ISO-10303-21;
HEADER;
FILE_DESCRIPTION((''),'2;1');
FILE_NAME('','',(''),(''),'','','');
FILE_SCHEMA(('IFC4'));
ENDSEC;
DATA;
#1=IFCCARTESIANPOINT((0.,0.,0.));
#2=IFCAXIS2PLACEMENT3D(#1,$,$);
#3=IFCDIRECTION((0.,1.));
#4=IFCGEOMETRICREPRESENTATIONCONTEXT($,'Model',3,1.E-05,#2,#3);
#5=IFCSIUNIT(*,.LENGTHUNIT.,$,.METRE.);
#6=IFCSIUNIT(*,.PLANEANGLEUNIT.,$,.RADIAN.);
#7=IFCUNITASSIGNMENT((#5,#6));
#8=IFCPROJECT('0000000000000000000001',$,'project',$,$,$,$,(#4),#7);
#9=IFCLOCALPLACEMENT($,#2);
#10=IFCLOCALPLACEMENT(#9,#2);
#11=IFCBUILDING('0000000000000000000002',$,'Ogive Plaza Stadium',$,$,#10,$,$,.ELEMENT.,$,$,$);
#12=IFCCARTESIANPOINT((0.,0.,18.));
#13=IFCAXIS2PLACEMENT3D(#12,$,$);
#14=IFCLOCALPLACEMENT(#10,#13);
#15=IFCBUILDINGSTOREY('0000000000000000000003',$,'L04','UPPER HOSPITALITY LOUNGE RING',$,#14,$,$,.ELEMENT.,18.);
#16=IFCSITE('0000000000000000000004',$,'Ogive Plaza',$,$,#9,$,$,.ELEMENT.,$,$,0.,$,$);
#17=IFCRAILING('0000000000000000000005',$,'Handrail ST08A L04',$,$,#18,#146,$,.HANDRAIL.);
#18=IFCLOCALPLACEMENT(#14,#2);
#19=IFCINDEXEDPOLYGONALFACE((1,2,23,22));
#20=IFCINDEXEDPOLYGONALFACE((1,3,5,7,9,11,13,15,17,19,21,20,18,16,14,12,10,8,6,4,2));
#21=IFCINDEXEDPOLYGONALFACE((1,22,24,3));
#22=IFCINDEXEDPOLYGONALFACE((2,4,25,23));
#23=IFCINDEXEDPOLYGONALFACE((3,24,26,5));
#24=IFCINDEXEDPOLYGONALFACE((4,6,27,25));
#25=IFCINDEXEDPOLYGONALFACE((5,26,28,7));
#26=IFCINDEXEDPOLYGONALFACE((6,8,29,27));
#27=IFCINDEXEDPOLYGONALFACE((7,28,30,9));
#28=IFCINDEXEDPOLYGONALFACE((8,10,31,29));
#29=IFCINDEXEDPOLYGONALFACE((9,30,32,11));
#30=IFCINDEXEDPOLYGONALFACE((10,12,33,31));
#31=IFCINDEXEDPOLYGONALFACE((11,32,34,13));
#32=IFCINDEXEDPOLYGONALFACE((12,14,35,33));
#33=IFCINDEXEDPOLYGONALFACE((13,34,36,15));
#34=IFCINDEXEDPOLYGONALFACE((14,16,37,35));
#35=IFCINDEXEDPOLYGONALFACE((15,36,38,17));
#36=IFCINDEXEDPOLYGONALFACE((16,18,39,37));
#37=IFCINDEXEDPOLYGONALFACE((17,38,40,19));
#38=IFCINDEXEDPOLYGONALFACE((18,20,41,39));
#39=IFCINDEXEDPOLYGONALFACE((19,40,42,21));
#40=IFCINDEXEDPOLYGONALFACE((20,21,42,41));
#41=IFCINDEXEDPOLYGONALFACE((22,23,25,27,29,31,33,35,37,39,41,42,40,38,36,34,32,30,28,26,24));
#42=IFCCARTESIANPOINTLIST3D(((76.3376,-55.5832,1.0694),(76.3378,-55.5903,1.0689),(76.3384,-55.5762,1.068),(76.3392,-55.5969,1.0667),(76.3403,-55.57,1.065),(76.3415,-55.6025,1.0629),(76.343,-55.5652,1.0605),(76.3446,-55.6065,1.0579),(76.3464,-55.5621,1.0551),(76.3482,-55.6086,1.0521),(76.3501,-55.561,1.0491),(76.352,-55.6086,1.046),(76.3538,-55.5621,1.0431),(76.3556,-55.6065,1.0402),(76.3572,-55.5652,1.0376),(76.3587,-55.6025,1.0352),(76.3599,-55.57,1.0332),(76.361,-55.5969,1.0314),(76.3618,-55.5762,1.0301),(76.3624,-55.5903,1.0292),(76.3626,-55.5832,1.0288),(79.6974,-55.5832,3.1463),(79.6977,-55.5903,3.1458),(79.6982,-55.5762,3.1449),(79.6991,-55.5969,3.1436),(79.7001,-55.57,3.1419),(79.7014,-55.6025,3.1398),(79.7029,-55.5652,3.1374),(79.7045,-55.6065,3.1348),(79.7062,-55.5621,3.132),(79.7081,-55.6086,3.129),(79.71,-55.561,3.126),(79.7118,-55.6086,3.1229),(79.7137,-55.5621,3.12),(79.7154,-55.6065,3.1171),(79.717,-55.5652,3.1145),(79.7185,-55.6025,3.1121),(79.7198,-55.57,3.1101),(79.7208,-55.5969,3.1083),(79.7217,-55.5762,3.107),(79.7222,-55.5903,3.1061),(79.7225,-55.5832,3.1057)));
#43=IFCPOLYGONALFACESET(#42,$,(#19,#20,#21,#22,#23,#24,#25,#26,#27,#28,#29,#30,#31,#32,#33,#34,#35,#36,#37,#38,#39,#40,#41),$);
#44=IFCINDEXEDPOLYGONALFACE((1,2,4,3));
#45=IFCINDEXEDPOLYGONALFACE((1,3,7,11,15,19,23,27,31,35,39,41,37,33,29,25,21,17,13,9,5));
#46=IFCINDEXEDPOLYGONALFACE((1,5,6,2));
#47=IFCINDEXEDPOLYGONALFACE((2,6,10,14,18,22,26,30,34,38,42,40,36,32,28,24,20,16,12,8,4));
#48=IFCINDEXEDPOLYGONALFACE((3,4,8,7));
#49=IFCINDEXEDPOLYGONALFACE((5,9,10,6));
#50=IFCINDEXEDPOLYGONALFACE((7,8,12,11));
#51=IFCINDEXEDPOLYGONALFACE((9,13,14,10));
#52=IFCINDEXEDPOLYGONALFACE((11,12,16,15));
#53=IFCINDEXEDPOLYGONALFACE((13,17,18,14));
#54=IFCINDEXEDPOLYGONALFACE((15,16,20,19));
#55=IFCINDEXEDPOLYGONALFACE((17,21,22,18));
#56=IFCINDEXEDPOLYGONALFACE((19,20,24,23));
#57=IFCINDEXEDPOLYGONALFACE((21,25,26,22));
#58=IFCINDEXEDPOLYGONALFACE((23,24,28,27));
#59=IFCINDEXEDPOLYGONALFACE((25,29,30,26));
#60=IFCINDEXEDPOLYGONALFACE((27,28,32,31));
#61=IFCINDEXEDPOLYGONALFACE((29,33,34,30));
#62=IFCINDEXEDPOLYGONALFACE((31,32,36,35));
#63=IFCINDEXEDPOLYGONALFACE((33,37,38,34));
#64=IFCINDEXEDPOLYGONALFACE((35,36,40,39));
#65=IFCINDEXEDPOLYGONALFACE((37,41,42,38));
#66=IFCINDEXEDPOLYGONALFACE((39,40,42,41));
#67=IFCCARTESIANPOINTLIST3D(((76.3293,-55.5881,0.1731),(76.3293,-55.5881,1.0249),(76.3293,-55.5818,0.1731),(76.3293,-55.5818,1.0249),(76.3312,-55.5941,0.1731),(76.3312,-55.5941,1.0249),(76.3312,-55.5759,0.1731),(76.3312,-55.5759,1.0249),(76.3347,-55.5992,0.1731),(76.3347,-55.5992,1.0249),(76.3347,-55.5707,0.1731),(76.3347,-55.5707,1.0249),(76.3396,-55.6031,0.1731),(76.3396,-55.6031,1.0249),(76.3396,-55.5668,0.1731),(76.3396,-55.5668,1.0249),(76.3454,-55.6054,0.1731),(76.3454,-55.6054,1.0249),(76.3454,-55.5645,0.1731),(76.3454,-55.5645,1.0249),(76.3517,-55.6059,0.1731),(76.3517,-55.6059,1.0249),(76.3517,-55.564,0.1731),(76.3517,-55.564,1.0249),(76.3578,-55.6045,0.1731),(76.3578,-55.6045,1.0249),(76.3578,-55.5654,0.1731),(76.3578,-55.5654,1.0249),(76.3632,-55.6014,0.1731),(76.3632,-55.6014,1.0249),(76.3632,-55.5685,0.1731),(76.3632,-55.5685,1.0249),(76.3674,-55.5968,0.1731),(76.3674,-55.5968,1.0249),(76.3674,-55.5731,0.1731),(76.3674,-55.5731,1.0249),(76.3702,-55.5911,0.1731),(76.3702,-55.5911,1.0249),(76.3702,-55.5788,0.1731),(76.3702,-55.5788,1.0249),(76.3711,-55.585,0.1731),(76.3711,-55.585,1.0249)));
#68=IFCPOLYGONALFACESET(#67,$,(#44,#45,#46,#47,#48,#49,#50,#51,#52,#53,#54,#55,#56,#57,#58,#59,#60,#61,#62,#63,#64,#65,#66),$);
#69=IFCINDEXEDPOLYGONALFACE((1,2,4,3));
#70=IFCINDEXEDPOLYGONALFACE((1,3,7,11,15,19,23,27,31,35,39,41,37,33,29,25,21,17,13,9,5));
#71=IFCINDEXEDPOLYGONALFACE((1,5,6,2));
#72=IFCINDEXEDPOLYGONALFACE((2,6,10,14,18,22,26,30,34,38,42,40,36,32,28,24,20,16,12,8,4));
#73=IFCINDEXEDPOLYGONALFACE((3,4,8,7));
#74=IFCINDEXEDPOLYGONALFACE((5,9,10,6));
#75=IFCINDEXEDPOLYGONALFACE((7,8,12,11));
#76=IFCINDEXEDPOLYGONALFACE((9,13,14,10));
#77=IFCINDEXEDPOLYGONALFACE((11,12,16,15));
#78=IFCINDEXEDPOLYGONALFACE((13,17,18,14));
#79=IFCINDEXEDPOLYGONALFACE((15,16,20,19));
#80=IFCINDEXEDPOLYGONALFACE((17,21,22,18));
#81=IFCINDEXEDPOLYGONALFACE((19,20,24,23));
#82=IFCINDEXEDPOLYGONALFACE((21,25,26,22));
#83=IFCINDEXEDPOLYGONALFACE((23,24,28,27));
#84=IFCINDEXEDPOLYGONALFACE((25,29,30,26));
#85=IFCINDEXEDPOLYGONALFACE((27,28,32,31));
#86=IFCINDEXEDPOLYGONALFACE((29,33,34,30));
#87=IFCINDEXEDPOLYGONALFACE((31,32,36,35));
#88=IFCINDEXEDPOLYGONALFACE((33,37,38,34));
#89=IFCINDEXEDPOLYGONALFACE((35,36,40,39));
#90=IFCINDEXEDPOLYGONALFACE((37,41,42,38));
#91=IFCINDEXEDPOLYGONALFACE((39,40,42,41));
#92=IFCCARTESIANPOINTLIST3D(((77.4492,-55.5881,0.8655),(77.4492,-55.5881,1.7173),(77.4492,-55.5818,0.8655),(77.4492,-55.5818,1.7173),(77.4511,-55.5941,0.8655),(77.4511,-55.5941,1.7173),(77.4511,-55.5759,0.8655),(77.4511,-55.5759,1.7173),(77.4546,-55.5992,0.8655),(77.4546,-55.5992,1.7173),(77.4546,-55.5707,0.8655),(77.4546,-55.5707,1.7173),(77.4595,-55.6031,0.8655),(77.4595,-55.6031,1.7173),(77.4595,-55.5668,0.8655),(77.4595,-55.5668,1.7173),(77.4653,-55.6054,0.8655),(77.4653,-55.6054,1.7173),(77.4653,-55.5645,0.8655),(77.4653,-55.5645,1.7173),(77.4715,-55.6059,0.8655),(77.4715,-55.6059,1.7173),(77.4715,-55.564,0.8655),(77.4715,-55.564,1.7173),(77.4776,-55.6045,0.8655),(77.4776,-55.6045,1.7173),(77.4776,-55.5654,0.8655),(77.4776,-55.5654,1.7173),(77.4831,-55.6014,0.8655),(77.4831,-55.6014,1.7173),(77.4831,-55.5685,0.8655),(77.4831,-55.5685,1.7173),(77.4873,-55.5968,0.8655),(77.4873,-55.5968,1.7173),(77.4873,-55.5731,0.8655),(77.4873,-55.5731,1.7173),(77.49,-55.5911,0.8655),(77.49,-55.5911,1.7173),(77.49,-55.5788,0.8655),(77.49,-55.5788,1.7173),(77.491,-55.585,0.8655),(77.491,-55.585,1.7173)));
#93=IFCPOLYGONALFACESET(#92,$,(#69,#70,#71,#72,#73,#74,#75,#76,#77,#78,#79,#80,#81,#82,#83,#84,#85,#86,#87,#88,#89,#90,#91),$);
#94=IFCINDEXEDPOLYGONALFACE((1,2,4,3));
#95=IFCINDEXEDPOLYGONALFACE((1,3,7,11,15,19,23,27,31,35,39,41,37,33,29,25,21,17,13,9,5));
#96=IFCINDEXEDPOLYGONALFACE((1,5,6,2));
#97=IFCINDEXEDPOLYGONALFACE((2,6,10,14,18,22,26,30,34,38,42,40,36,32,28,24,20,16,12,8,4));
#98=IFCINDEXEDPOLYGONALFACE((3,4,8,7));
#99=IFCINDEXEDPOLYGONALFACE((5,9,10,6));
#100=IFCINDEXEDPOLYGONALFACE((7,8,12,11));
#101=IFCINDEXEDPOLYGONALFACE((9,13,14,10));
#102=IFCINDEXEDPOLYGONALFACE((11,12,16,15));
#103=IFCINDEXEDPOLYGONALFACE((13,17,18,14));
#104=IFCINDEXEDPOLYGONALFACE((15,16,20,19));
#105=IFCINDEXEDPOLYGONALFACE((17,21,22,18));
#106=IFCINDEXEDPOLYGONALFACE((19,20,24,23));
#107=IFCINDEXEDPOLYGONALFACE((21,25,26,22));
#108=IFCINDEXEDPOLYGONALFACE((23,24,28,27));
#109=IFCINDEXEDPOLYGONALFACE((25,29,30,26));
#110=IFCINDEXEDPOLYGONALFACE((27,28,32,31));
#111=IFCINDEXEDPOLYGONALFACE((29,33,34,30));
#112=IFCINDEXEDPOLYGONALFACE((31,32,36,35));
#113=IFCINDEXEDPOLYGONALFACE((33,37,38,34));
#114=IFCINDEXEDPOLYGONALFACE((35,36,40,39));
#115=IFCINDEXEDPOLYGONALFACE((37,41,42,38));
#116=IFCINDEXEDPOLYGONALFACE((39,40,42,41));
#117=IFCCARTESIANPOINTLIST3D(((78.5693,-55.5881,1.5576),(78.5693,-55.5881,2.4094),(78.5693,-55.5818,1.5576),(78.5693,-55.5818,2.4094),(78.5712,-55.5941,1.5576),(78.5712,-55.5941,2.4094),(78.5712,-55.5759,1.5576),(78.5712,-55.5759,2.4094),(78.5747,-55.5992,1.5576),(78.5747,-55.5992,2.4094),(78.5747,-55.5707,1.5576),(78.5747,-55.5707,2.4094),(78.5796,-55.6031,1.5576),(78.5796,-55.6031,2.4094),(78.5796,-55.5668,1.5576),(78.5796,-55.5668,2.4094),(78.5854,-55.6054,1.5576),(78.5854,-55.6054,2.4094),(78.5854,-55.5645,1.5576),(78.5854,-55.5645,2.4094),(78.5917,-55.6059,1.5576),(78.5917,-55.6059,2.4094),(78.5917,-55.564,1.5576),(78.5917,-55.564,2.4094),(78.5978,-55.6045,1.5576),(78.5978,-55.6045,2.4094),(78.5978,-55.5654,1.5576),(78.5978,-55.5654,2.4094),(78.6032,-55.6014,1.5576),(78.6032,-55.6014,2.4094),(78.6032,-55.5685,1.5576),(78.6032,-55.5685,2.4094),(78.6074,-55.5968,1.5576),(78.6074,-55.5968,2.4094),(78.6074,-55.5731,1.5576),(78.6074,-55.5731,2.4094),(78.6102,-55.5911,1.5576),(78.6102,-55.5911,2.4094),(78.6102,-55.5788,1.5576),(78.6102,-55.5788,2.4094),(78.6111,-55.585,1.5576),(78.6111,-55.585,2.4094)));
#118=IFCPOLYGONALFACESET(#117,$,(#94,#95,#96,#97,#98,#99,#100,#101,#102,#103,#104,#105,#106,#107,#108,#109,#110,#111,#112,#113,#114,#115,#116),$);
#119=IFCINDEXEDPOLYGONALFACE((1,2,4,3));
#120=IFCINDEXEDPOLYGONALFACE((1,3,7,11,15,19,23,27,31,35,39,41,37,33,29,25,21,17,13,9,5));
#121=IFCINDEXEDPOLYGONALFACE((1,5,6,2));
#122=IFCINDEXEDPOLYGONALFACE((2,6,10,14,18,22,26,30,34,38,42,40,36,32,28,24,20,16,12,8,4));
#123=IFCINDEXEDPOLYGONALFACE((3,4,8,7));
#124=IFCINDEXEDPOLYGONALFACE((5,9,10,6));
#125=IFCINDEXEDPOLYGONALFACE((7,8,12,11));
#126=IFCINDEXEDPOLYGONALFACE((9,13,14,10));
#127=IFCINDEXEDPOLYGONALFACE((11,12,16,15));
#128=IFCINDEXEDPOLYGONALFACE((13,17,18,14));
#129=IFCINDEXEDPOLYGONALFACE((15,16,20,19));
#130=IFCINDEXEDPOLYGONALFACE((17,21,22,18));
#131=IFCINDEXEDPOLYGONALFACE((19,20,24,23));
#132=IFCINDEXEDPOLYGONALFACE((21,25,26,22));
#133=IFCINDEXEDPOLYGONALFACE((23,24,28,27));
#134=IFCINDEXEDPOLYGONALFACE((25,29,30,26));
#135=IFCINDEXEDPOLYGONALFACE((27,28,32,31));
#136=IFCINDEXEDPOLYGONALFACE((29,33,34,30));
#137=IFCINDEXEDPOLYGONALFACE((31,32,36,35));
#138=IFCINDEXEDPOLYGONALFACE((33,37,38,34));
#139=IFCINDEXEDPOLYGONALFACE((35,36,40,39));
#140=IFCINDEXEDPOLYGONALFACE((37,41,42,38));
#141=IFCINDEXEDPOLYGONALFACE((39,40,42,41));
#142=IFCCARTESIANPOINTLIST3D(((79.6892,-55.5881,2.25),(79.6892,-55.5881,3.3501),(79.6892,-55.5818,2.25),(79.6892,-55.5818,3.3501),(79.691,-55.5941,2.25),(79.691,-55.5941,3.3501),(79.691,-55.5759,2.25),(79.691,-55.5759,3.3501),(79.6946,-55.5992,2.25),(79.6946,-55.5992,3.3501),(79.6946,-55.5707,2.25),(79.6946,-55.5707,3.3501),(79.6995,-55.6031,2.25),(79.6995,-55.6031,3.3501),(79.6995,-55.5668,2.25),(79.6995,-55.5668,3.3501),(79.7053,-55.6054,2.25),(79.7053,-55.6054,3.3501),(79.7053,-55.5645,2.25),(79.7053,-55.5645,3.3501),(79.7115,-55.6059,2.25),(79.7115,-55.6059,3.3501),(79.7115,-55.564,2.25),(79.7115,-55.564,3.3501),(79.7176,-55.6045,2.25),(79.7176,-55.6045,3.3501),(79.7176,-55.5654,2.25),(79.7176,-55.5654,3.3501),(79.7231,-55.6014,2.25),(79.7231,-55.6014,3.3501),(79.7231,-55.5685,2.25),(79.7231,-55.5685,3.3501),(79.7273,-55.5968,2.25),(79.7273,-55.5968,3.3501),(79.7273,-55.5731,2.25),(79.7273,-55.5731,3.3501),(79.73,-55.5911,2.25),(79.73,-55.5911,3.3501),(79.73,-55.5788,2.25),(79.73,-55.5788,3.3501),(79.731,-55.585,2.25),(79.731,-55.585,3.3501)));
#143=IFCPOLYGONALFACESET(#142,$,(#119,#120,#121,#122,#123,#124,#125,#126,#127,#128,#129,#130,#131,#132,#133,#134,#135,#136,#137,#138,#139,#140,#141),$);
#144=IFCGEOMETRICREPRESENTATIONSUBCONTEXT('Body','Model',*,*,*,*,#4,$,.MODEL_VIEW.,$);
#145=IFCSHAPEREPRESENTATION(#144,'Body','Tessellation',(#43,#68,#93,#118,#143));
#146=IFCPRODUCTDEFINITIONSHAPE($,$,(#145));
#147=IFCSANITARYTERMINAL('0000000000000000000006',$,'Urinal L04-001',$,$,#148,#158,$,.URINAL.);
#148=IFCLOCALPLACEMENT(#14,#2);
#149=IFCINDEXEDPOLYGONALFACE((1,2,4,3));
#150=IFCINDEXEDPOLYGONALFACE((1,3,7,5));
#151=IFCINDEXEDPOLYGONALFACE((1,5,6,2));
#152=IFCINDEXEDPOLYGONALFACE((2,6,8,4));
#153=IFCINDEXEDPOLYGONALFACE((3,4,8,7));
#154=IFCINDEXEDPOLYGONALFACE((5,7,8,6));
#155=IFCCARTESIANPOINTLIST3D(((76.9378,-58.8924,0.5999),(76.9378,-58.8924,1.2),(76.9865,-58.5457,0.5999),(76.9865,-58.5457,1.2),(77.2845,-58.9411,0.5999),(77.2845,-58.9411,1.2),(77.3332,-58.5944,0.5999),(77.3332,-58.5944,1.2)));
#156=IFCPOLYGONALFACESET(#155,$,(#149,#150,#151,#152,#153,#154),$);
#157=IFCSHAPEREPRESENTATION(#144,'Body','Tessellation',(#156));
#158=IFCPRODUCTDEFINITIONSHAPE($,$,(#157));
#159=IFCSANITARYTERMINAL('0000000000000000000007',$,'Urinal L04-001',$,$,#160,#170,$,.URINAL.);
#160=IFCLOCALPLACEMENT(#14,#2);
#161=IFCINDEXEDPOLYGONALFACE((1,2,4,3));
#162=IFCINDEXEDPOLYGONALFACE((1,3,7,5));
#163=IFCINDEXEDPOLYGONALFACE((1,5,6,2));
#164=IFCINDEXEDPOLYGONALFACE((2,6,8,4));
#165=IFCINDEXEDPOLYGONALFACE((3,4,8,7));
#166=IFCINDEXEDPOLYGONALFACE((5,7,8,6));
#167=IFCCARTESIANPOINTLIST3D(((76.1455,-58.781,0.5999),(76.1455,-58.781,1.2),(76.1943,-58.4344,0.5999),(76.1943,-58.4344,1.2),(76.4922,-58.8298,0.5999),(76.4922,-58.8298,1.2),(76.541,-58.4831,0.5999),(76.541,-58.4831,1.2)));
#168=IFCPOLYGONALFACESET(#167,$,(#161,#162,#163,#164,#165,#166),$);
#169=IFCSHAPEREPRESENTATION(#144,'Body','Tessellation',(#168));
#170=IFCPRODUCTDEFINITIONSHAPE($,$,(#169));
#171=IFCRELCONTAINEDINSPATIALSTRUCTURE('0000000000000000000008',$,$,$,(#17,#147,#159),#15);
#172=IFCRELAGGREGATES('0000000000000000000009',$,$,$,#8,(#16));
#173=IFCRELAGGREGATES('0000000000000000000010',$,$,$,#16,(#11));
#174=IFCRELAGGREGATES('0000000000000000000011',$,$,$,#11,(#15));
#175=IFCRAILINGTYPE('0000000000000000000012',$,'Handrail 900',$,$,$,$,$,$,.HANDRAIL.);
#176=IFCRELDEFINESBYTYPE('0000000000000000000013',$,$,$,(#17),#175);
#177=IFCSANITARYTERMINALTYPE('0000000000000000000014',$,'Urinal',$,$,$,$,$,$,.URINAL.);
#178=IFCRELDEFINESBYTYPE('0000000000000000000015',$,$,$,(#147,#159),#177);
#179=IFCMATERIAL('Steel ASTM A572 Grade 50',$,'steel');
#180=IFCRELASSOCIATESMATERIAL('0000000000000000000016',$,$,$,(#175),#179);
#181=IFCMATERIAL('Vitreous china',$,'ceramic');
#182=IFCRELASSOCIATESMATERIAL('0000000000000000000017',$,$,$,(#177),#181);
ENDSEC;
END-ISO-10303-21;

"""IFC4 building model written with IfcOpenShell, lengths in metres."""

from ifc_helpers import new_model, si_unit, direction, frame, origin, origin_2d, place, context, subcontext, project, spatial, rectangle, circle, extrude, material, type_object, element, save


model = new_model("IFC4")

# Units and contexts
model_context = context("Model", 3, precision=1e-05, world=origin(), true_north=direction((0.0, 1.0)))
body_context = subcontext(model_context, "Body", "Model", "MODEL_VIEW")
ifc_project = project(units=[si_unit("LENGTHUNIT", "METRE"), si_unit("PLANEANGLEUNIT", "RADIAN")], contexts=[model_context])

# Site, building, storey
site_placement = place(None, origin())
site = spatial("IfcSite", under=ifc_project, at=site_placement, Name="Ogive Plaza", CompositionType="ELEMENT", RefElevation=0.0)
building_placement = place(site_placement, origin())
building = spatial("IfcBuilding", under=site, at=building_placement, Name="Ogive Plaza Stadium", CompositionType="ELEMENT")
storey_placement = place(building_placement, frame((0.0, 0.0, 18.0)))
storey = spatial("IfcBuildingStorey", under=building, at=storey_placement, Name="L04", Description="UPPER HOSPITALITY LOUNGE RING", CompositionType="ELEMENT", Elevation=18.0)

# Railing
ifc_material_1 = material(Name="Steel ASTM A572 Grade 50", Category="steel")
railing_type_1 = type_object("IfcRailingType", Name="Handrail 900", PredefinedType="HANDRAIL", material=ifc_material_1)
for number, where, name in (
    (1, (76.3501, -55.585, 0.1731), "Handrail ST08A L04"),
):
    element("IfcRailing", number, at=place(storey_placement, frame(where)), inside=storey, type_object=railing_type_1, Name=name, PredefinedType="HANDRAIL", context=body_context, shape_type="SweptSolid", body=[
        extrude(circle(Radius=0.0239, at=origin_2d()), frame((0.0, 0.0, 0.876), z_axis=(0.850606, 0.0, 0.525803), x_axis=(0.0, 1.0, 0.0)), (0.0, 0.0, 1.0), 3.95),
        extrude(circle(Radius=0.021, at=origin_2d()), origin(), (0.0, 0.0, 1.0), 0.8518),
        extrude(circle(Radius=0.021, at=origin_2d()), frame((1.1199, 0.0, 0.6924)), (0.0, 0.0, 1.0), 0.8518),
        extrude(circle(Radius=0.021, at=origin_2d()), frame((2.24, 0.0, 1.3845)), (0.0, 0.0, 1.0), 0.8518),
        extrude(circle(Radius=0.021, at=origin_2d()), frame((3.3599, 0.0, 2.0769)), (0.0, 0.0, 1.0), 1.1001),
    ])

# Sanitary terminals
ifc_material_2 = material(Name="Vitreous china", Category="ceramic")
sanitary_terminal_type = type_object("IfcSanitaryTerminalType", Name="Urinal", PredefinedType="URINAL", material=ifc_material_2)
for number, where, z_axis, x_axis, name in (
    (2, (77.1355, -58.7434, 0.5999), (0.0, 0.0, 1.0), (-0.990254, 0.139272, 0.0), "Urinal L04-001"),
    (3, (76.3433, -58.6321, 0.5999), (0.0, 0.0, 1.0), (-0.990254, 0.139272, 0.0), "Urinal L04-001"),
):
    element("IfcSanitaryTerminal", number, at=place(storey_placement, frame(where, z_axis=z_axis, x_axis=x_axis)), inside=storey, type_object=sanitary_terminal_type, Name=name, PredefinedType="URINAL", context=body_context, shape_type="SweptSolid", body=[
        extrude(rectangle(XDim=0.3501, YDim=0.3501, at=origin_2d()), origin(), (0.0, 0.0, 1.0), 0.6001),
    ])

save(model, "model.ifc")
